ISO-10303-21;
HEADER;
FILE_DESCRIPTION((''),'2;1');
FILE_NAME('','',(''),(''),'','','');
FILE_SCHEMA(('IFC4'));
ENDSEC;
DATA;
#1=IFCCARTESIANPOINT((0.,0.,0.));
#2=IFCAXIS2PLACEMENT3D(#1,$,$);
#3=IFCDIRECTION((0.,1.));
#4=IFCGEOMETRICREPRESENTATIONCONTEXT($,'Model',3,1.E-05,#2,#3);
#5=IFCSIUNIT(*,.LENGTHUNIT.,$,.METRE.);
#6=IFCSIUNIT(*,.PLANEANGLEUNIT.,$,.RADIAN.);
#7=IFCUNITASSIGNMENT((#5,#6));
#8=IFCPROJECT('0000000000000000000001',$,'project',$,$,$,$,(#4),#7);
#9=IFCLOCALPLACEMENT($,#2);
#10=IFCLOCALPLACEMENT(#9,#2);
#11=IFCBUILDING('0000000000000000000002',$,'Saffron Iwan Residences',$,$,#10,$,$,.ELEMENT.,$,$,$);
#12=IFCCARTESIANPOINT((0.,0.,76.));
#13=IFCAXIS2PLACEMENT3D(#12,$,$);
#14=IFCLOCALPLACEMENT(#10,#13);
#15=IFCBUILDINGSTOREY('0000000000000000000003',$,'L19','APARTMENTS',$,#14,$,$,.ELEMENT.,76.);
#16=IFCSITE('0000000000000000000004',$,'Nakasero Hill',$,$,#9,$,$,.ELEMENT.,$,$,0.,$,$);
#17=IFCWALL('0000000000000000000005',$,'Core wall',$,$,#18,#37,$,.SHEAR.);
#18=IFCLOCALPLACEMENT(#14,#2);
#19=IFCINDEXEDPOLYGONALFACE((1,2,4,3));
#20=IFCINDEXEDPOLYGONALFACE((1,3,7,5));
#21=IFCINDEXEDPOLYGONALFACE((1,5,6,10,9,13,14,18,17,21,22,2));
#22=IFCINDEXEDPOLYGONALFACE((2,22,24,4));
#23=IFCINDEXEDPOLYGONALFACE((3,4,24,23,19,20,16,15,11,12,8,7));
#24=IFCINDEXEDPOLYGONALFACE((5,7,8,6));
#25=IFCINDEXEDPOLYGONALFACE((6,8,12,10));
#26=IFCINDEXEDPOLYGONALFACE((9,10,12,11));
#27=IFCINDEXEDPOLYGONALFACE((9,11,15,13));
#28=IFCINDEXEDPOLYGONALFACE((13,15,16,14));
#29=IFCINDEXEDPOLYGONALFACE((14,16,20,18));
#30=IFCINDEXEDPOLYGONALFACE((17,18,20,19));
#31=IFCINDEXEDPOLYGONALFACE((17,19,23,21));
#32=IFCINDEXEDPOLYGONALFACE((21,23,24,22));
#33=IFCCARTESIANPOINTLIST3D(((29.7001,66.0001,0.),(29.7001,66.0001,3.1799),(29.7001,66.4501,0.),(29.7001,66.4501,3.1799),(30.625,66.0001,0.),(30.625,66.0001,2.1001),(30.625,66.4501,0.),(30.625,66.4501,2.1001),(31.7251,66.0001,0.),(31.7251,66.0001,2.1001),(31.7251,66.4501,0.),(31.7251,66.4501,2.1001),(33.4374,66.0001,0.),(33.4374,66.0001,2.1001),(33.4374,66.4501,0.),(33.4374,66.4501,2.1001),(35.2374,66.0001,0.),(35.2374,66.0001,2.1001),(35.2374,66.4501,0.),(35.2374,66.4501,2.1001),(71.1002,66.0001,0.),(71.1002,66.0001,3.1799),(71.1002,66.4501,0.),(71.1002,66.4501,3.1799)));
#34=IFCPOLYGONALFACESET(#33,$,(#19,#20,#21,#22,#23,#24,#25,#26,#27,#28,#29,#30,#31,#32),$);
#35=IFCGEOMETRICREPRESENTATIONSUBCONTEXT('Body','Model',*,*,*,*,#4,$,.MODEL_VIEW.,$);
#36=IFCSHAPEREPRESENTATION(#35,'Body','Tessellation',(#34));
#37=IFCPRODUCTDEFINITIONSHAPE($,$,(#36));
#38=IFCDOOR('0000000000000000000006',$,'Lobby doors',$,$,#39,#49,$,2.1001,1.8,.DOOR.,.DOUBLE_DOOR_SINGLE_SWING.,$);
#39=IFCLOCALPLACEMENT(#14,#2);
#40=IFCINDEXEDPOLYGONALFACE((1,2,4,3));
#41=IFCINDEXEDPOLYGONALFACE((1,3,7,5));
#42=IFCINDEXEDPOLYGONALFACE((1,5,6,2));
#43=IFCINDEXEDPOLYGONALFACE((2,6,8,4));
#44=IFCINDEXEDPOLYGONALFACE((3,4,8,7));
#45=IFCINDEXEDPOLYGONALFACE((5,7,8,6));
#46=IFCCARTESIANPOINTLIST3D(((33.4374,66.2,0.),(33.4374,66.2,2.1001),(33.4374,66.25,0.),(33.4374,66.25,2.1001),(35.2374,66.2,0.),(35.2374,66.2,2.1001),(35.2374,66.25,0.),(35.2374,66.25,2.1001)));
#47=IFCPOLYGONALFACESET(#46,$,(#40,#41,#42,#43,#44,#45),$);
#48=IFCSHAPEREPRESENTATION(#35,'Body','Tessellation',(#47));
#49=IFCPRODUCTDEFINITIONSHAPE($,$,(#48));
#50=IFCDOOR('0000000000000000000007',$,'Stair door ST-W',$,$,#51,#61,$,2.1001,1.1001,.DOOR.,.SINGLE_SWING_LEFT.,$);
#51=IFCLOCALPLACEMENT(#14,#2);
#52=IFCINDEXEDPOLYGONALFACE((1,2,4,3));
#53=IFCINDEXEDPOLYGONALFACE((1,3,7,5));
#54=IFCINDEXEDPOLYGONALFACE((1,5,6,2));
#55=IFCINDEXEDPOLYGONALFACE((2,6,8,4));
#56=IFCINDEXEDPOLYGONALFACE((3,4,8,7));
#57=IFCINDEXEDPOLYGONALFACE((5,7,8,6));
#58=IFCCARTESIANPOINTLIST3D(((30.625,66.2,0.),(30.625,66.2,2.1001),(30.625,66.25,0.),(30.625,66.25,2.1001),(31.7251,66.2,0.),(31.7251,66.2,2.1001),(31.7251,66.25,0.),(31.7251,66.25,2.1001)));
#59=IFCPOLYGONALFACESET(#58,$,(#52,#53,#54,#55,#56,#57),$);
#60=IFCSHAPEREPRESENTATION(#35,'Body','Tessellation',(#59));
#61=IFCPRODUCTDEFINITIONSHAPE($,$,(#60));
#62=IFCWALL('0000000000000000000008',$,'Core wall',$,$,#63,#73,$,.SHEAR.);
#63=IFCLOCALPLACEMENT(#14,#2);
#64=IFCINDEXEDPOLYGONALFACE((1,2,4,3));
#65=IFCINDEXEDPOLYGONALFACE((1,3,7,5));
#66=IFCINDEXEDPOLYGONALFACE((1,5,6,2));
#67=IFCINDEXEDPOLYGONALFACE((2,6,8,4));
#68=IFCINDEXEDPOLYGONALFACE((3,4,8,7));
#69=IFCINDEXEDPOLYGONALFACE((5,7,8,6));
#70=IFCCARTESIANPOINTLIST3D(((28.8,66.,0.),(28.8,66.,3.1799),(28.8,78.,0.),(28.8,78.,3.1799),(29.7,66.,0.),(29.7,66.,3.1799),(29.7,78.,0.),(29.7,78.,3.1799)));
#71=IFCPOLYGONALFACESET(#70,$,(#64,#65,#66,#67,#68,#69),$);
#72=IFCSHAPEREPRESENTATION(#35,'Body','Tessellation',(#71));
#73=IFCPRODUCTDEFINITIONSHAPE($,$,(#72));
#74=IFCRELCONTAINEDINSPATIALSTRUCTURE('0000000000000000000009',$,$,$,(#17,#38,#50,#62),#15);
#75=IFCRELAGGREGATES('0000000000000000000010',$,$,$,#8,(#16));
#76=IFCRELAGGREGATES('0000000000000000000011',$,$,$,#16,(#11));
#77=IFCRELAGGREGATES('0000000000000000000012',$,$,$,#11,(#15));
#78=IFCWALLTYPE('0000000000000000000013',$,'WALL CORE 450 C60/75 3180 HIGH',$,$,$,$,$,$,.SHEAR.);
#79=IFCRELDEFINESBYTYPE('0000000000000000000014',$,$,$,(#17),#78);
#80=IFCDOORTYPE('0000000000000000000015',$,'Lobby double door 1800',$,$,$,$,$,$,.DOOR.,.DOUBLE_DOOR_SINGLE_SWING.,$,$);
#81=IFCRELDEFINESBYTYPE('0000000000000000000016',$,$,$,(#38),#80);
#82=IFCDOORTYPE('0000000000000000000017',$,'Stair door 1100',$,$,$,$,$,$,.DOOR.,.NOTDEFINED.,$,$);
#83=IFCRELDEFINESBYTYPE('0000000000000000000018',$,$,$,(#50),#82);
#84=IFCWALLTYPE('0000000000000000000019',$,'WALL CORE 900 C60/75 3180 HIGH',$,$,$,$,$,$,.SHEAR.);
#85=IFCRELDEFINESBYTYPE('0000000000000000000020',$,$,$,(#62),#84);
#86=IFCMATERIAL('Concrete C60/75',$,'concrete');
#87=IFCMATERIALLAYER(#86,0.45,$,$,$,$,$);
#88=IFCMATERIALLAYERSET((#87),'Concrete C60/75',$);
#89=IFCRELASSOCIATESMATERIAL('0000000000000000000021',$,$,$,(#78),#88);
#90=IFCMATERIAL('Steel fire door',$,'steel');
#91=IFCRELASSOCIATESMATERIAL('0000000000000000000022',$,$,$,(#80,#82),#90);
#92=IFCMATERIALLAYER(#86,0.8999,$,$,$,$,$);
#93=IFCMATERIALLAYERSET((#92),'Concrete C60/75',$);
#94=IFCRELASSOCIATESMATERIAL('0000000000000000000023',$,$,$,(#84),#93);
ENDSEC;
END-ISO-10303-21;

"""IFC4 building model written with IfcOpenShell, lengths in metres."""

from ifc_helpers import new_model, si_unit, direction, frame, frame_2d, origin, place, context, subcontext, project, spatial, rectangle, extrude, material, layer, layer_set, type_object, element, fill, save


model = new_model("IFC4")

# Units and contexts
model_context = context("Model", 3, precision=1e-05, world=origin(), true_north=direction((0.0, 1.0)))
body_context = subcontext(model_context, "Body", "Model", "MODEL_VIEW")
ifc_project = project(units=[si_unit("LENGTHUNIT", "METRE"), si_unit("PLANEANGLEUNIT", "RADIAN")], contexts=[model_context])

# Site, building, storey
site_placement = place(None, origin())
site = spatial("IfcSite", under=ifc_project, at=site_placement, Name="Nakasero Hill", CompositionType="ELEMENT", RefElevation=0.0)
building_placement = place(site_placement, origin())
building = spatial("IfcBuilding", under=site, at=building_placement, Name="Saffron Iwan Residences", CompositionType="ELEMENT")
storey_placement = place(building_placement, frame((0.0, 0.0, 76.0)))
storey = spatial("IfcBuildingStorey", under=building, at=storey_placement, Name="L19", Description="APARTMENTS", CompositionType="ELEMENT", Elevation=76.0)

# Shared definitions
ifc_material_1 = material(Name="Concrete C60/75", Category="concrete")

# Wall, openings, doors
ifc_layer_1 = layer(ifc_material_1, 0.45)
ifc_layer_set_1 = layer_set([ifc_layer_1], Name="Concrete C60/75")
wall_type_1 = type_object("IfcWallType", Name="WALL CORE 450 C60/75 3180 HIGH", PredefinedType="SHEAR", material=ifc_layer_set_1)
wall_1_placement = place(storey_placement, frame((29.7, 66.2251, 0.0), z_axis=(0.0, 0.0, 1.0), x_axis=(1.0, 0.0, 0.0)))
wall_1 = element("IfcWall", 1, at=wall_1_placement, inside=storey, type_object=wall_type_1, Name="Core wall", PredefinedType="SHEAR", context=body_context, shape_type="SweptSolid", body=[
    extrude(rectangle(XDim=41.4001, YDim=0.45, at=frame_2d((20.7002, 0.0))), origin(), (0.0, 0.0, 1.0), 3.1799),
])
opening_1_placement = place(wall_1_placement, frame((0.925, 0.0, 0.0)))
opening_1 = element("IfcOpeningElement", 2, at=opening_1_placement, cuts=wall_1, PredefinedType="OPENING", context=body_context, shape_type="SweptSolid", body=[
    extrude(rectangle(XDim=1.1001, YDim=2.1001, at=frame_2d((0.55, 1.05))), frame((0.0, 0.2349, 0.0), z_axis=(0.0, -1.0, 0.0), x_axis=(1.0, 0.0, 0.0)), (0.0, 0.0, 1.0), 0.47),
])
opening_2_placement = place(wall_1_placement, frame((3.7375, 0.0, 0.0)))
opening_2 = element("IfcOpeningElement", 3, at=opening_2_placement, cuts=wall_1, PredefinedType="OPENING", context=body_context, shape_type="SweptSolid", body=[
    extrude(rectangle(XDim=1.8, YDim=2.1001, at=frame_2d((0.8999, 1.05))), frame((0.0, 0.2349, 0.0), z_axis=(0.0, -1.0, 0.0), x_axis=(1.0, 0.0, 0.0)), (0.0, 0.0, 1.0), 0.47),
])
ifc_material_2 = material(Name="Steel fire door", Category="steel")
door_type_1 = type_object("IfcDoorType", Name="Lobby double door 1800", OperationType="DOUBLE_DOOR_SINGLE_SWING", PredefinedType="DOOR", material=ifc_material_2)
door_1_placement = place(opening_2_placement, origin())
door_1 = element("IfcDoor", 4, at=door_1_placement, inside=storey, type_object=door_type_1, Name="Lobby doors", OperationType="DOUBLE_DOOR_SINGLE_SWING", OverallHeight=2.1001, OverallWidth=1.8, PredefinedType="DOOR", context=body_context, shape_type="SweptSolid", body=[
    extrude(rectangle(XDim=1.8, YDim=2.1001, at=frame_2d((0.8999, 1.05))), frame((0.0, 0.0249, 0.0), z_axis=(0.0, -1.0, 0.0), x_axis=(1.0, 0.0, 0.0)), (0.0, 0.0, 1.0), 0.05),
])
fill(opening_2, door_1)
door_type_2 = type_object("IfcDoorType", Name="Stair door 1100", OperationType="NOTDEFINED", PredefinedType="DOOR", material=ifc_material_2)
door_2_placement = place(opening_1_placement, origin())
door_2 = element("IfcDoor", 5, at=door_2_placement, inside=storey, type_object=door_type_2, Name="Stair door ST-W", OperationType="SINGLE_SWING_LEFT", OverallHeight=2.1001, OverallWidth=1.1001, PredefinedType="DOOR", context=body_context, shape_type="SweptSolid", body=[
    extrude(rectangle(XDim=1.1001, YDim=2.1001, at=frame_2d((0.55, 1.05))), frame((0.0, 0.0249, 0.0), z_axis=(0.0, -1.0, 0.0), x_axis=(1.0, 0.0, 0.0)), (0.0, 0.0, 1.0), 0.05),
])
fill(opening_1, door_2)

# Wall
ifc_layer_2 = layer(ifc_material_1, 0.8999)
ifc_layer_set_2 = layer_set([ifc_layer_2], Name="Concrete C60/75")
wall_type_2 = type_object("IfcWallType", Name="WALL CORE 900 C60/75 3180 HIGH", PredefinedType="SHEAR", material=ifc_layer_set_2)
wall_2_placement = place(storey_placement, frame((29.25, 66.0, 0.0), z_axis=(0.0, 0.0, 1.0), x_axis=(0.0, 1.0, 0.0)))
element("IfcWall", 6, at=wall_2_placement, inside=storey, type_object=wall_type_2, Name="Core wall", PredefinedType="SHEAR", context=body_context, shape_type="SweptSolid", body=[
    extrude(rectangle(XDim=12.0, YDim=0.8999, at=frame_2d((6.0, 0.0))), origin(), (0.0, 0.0, 1.0), 3.1799),
])

save(model, "model.ifc")
